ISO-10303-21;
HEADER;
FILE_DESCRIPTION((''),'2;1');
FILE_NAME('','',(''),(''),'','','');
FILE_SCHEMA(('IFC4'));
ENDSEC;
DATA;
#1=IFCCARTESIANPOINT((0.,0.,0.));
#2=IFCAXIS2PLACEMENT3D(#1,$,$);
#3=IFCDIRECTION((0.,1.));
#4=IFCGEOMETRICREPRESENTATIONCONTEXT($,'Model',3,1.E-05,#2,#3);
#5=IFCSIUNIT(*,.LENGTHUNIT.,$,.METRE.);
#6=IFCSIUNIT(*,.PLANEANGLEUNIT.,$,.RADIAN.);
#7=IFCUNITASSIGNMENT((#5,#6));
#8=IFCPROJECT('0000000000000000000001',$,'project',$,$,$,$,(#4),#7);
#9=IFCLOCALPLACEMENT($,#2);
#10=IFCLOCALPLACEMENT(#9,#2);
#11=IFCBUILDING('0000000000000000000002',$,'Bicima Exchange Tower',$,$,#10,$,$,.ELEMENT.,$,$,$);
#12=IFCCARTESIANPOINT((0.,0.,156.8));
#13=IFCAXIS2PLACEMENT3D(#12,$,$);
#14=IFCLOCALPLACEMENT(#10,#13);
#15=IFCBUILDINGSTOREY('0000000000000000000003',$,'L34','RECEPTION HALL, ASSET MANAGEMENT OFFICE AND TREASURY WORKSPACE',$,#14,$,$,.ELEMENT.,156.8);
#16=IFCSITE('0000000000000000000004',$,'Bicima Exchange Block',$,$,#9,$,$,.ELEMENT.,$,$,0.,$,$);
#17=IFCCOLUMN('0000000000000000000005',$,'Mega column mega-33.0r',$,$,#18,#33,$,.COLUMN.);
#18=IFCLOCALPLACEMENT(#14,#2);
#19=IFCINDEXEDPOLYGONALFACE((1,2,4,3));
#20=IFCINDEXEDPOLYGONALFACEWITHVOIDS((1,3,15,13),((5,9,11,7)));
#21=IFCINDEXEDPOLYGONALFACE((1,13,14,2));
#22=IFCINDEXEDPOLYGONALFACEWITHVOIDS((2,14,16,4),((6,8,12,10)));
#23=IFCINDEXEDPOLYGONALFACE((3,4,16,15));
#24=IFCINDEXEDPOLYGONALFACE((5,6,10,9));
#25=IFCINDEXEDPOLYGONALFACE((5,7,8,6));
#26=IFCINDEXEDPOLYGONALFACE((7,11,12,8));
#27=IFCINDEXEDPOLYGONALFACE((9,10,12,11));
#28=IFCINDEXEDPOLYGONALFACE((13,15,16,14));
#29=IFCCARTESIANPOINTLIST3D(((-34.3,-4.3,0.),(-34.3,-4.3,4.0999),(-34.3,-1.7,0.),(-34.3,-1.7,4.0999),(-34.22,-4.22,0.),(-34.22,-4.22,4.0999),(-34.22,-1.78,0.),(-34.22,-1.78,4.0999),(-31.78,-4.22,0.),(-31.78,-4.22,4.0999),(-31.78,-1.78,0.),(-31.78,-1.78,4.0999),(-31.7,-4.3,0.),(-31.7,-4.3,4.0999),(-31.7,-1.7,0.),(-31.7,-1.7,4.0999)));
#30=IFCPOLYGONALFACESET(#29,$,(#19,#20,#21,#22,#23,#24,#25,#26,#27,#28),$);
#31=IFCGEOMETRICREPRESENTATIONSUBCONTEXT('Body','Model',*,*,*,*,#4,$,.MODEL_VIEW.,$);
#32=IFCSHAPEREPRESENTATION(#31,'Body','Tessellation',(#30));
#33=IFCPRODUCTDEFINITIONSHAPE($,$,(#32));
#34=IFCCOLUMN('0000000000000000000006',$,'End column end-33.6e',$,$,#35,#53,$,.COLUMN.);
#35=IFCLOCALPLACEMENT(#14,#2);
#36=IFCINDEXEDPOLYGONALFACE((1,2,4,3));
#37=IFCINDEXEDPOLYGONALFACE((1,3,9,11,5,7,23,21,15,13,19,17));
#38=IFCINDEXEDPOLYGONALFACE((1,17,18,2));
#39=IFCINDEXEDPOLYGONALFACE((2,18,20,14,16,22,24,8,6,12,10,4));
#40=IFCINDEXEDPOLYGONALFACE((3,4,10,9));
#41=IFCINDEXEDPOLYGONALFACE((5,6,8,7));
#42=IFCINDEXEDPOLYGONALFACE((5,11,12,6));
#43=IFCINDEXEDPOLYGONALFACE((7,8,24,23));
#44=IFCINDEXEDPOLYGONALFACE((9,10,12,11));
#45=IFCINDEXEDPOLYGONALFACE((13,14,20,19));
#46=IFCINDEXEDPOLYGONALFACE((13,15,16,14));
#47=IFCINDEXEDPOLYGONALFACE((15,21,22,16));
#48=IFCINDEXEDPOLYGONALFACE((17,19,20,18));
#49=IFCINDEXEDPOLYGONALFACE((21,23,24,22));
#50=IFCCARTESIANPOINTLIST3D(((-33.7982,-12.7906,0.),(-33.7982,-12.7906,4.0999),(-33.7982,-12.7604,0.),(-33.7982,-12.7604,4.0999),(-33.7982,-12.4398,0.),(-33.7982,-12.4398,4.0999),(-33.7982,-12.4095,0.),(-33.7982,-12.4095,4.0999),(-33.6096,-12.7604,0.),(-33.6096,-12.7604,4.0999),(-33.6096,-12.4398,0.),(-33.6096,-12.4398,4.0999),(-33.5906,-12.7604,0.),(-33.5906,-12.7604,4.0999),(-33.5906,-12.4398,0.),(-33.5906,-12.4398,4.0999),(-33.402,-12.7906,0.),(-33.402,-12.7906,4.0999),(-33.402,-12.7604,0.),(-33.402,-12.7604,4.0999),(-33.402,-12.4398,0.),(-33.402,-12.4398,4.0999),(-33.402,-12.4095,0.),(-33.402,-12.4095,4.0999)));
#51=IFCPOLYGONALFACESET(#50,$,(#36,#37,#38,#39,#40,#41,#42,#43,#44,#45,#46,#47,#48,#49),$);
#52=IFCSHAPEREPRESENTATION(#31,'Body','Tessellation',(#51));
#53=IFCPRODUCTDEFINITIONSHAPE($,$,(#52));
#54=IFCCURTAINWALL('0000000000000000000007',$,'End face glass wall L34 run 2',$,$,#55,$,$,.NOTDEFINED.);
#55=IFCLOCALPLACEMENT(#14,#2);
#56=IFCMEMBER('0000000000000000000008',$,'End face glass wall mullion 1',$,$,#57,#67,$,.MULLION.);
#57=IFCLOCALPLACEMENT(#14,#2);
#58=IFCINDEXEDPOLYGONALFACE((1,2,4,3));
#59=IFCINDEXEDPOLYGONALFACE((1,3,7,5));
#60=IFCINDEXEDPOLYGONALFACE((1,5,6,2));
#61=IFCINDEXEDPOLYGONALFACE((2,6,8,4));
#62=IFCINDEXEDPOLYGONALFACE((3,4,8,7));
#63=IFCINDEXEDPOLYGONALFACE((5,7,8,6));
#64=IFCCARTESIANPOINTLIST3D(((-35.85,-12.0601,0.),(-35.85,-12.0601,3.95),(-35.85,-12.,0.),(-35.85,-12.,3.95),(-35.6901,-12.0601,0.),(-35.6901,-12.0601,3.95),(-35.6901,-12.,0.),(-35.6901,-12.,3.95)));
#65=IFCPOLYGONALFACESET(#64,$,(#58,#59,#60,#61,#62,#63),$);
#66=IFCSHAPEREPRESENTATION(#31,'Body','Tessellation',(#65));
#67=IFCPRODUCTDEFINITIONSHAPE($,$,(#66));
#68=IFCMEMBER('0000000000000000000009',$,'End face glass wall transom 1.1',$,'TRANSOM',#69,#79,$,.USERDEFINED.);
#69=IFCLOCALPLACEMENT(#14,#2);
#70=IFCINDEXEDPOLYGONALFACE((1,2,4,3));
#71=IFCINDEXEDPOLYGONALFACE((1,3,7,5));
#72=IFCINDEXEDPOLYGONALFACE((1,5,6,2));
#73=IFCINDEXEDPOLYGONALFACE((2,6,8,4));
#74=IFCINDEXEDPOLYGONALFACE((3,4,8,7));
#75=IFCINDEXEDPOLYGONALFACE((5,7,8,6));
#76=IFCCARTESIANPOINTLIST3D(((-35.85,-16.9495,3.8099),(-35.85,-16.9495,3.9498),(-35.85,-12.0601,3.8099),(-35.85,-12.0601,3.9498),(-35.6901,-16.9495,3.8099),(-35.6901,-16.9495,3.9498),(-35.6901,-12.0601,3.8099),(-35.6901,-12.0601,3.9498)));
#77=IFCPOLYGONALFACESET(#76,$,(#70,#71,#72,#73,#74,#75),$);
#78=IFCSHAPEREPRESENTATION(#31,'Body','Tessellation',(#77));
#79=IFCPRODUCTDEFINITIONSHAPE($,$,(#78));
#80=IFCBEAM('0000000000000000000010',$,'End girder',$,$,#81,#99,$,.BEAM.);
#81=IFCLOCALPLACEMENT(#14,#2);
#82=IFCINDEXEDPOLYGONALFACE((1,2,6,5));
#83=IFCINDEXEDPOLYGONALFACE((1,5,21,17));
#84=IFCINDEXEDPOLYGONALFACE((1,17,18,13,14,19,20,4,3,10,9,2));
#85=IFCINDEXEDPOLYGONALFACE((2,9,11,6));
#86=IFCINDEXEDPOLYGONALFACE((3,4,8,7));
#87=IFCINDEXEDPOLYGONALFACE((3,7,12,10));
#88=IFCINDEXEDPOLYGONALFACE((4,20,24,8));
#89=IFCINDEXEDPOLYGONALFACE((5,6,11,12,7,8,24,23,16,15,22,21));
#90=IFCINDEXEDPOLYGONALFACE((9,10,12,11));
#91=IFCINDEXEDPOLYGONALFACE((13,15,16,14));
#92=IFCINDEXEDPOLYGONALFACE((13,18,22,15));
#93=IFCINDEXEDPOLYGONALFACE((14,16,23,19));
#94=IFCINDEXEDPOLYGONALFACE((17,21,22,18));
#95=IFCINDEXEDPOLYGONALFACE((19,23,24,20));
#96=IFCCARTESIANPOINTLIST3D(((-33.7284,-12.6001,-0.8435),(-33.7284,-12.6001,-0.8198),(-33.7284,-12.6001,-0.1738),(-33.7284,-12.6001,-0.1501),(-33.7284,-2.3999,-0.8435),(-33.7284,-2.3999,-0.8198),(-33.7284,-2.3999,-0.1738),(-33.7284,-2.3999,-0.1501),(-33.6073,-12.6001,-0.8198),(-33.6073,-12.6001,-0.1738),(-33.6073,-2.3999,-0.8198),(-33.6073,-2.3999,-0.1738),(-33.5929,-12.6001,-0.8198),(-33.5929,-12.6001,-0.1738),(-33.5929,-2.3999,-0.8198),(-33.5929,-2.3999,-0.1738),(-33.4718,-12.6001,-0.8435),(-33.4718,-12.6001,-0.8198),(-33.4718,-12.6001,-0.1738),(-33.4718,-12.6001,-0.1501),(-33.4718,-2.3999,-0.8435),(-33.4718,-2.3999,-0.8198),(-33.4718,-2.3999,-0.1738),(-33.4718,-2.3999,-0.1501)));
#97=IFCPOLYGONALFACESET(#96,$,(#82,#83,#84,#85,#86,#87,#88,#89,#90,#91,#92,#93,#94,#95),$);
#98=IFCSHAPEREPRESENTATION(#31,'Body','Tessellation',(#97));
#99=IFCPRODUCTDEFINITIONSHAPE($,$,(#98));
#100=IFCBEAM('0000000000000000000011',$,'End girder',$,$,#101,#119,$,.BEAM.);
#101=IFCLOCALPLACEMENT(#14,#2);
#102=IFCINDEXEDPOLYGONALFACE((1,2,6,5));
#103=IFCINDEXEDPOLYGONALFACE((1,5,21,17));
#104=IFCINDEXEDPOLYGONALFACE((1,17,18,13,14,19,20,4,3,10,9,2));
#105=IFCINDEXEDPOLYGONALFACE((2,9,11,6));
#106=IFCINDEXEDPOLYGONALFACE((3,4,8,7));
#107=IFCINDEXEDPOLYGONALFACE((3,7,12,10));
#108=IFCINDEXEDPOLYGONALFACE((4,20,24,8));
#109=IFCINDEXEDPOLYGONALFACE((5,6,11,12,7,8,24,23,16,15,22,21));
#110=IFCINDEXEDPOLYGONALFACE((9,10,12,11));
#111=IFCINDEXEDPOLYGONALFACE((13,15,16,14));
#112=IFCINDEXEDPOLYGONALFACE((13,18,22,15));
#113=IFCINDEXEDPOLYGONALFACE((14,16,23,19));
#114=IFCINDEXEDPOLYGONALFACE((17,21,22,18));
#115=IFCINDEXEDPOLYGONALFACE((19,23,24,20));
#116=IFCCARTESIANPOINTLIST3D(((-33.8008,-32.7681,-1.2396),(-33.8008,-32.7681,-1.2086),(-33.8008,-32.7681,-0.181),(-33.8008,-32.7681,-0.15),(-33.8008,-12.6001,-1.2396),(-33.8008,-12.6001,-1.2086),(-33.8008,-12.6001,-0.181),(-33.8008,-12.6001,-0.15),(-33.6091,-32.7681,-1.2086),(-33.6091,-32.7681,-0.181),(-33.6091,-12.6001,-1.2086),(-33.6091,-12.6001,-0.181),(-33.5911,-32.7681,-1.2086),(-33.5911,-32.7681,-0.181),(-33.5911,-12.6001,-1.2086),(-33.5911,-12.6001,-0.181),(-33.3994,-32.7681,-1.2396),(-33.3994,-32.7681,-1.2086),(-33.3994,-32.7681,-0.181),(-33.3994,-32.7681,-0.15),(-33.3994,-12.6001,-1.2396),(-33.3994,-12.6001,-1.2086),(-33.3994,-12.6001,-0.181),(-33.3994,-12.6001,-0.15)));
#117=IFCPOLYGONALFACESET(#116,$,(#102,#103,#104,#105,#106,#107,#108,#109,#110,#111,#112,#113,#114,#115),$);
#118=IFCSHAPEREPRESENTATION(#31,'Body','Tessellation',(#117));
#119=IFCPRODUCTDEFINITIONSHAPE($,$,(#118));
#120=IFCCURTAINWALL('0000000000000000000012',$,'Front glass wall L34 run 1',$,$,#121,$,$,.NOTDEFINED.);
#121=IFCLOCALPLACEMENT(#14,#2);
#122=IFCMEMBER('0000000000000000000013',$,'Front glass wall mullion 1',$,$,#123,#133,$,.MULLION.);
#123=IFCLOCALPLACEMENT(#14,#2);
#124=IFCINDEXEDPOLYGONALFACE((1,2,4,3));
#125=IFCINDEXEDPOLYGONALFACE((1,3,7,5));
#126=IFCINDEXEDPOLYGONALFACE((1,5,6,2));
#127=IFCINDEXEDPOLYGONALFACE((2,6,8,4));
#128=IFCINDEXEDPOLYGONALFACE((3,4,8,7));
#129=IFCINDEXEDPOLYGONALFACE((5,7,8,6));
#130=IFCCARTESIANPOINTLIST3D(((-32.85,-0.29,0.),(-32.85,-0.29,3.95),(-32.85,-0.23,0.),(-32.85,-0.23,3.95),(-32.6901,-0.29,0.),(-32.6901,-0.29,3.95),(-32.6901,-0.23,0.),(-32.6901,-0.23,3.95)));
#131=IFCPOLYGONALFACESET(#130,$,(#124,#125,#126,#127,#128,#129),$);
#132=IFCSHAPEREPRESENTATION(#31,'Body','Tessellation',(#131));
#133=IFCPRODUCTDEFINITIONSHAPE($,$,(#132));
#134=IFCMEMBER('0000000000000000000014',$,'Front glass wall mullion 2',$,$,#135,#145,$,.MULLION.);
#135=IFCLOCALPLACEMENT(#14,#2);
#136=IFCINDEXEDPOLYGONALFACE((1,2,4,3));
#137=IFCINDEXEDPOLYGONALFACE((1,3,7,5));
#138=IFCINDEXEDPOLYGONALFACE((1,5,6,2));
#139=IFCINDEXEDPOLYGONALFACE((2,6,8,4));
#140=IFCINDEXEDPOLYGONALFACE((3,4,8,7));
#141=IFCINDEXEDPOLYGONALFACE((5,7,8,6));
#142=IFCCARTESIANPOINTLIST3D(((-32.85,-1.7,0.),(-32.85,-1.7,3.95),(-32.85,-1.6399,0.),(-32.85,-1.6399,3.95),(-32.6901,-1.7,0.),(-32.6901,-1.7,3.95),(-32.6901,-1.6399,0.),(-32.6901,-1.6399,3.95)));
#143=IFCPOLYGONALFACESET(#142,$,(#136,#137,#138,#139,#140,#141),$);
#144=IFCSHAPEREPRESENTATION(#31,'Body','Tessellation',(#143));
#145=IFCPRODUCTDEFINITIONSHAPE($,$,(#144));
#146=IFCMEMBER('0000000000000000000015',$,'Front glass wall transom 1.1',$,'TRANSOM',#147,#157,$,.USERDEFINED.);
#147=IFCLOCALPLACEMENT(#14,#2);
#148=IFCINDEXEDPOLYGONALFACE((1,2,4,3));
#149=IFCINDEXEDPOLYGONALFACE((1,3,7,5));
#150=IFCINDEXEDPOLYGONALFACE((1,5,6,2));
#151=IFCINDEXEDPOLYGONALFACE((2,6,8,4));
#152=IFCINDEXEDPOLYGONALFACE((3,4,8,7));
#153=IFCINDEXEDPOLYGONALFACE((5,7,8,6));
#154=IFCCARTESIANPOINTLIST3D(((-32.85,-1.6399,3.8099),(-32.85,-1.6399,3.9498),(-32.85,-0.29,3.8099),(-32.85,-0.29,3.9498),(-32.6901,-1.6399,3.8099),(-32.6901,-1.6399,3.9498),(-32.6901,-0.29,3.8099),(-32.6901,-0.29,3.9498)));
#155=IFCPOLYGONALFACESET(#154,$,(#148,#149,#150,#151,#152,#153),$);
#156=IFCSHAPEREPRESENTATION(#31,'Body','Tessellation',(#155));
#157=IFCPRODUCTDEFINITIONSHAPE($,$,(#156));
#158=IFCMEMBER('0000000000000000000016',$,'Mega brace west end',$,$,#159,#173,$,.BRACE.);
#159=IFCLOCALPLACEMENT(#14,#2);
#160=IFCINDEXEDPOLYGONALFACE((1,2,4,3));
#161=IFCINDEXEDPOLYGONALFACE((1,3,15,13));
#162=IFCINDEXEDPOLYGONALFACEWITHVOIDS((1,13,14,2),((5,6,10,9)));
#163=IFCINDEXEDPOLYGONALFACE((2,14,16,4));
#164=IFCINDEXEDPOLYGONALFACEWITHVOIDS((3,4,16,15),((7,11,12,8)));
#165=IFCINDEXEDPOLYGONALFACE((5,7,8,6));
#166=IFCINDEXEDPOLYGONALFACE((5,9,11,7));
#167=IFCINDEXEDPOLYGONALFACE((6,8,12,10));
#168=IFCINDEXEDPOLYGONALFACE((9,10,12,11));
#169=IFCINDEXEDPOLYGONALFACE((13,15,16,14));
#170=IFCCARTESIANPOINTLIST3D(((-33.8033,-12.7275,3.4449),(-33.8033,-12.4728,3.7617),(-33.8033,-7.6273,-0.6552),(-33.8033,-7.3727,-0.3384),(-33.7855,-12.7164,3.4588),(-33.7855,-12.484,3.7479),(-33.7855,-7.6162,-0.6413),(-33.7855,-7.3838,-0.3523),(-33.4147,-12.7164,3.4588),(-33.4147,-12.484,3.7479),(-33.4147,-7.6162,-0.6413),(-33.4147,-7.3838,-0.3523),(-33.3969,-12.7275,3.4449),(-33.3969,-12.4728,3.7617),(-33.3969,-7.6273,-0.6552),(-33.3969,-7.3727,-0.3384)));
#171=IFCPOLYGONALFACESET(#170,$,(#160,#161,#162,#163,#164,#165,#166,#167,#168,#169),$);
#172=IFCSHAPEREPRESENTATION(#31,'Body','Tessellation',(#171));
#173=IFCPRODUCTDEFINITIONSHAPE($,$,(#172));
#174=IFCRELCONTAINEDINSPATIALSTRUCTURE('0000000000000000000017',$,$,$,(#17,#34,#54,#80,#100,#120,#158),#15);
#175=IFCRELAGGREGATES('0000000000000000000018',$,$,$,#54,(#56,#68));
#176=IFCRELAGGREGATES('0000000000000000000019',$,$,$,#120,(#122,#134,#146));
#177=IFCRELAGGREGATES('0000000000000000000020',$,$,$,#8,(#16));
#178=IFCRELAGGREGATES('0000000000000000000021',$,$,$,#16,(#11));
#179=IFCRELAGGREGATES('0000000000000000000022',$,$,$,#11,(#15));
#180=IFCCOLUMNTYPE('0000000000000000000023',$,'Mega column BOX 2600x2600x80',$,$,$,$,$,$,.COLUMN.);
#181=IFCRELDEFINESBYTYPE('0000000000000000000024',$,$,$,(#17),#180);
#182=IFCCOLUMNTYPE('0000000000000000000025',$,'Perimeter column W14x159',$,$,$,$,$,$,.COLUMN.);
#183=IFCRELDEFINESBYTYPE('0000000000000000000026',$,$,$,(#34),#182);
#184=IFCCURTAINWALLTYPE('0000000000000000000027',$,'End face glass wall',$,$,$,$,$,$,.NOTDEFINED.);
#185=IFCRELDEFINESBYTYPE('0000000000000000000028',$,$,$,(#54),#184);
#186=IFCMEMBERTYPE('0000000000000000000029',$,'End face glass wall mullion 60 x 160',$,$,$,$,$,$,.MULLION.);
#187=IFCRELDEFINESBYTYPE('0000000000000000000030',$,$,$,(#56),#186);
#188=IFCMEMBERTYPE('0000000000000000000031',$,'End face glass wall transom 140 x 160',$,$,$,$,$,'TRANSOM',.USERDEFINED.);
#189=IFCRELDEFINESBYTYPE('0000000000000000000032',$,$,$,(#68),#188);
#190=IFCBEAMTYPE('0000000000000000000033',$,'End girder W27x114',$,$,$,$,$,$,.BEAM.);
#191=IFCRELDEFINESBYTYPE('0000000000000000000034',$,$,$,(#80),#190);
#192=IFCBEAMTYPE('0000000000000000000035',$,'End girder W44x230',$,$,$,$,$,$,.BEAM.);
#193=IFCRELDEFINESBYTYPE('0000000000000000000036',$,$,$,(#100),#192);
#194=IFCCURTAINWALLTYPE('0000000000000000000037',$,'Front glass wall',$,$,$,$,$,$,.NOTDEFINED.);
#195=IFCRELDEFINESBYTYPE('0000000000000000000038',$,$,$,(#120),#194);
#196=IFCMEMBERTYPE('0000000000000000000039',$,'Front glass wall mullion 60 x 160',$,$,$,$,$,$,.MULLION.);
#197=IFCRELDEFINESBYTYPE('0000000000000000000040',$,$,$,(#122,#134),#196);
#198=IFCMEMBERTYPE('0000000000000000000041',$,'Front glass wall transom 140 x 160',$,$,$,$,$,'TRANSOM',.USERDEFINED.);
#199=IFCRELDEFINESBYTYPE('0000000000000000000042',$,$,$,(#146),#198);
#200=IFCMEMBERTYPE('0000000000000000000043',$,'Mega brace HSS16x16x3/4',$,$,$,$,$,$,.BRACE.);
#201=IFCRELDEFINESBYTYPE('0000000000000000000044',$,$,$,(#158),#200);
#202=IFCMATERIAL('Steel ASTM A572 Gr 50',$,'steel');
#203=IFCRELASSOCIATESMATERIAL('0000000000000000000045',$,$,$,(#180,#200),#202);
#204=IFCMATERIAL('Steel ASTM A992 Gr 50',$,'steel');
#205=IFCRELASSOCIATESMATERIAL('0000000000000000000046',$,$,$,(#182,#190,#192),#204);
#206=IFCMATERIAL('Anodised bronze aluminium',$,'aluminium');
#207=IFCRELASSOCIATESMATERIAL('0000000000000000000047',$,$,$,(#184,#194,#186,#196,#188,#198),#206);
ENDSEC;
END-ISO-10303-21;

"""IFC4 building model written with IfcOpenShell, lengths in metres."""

from ifc_helpers import new_model, si_unit, direction, frame, origin, origin_2d, place, context, subcontext, project, spatial, rectangle, hollow_rectangle, i_section, extrude, material, material_profile, profile_set, type_object, element, aggregate, save


model = new_model("IFC4")

# Units and contexts
model_context = context("Model", 3, precision=1e-05, world=origin(), true_north=direction((0.0, 1.0)))
body_context = subcontext(model_context, "Body", "Model", "MODEL_VIEW")
ifc_project = project(units=[si_unit("LENGTHUNIT", "METRE"), si_unit("PLANEANGLEUNIT", "RADIAN")], contexts=[model_context])

# Site, building, storey
site_placement = place(None, origin())
site = spatial("IfcSite", under=ifc_project, at=site_placement, Name="Bicima Exchange Block", CompositionType="ELEMENT", RefElevation=0.0)
building_placement = place(site_placement, origin())
building = spatial("IfcBuilding", under=site, at=building_placement, Name="Bicima Exchange Tower", CompositionType="ELEMENT")
storey_placement = place(building_placement, frame((0.0, 0.0, 156.8)))
storey = spatial("IfcBuildingStorey", under=building, at=storey_placement, Name="L34", Description="RECEPTION HALL, ASSET MANAGEMENT OFFICE AND TREASURY WORKSPACE", CompositionType="ELEMENT", Elevation=156.8)

# Columns
ifc_material_1 = material(Name="Steel ASTM A572 Gr 50", Category="steel")
ifc_material_profile_1 = material_profile(ifc_material_1, hollow_rectangle(XDim=2.6001, YDim=2.6001, WallThickness=0.0801, at=origin_2d()))
ifc_profile_set_1 = profile_set([ifc_material_profile_1], Name="Steel ASTM A572 Gr 50")
column_type_1 = type_object("IfcColumnType", Name="Mega column BOX 2600x2600x80", PredefinedType="COLUMN", material=ifc_profile_set_1)
column_1_placement = place(storey_placement, frame((-33.0, -3.0, 0.0), z_axis=(0.0, 0.0, 1.0), x_axis=(1.0, 0.0, 0.0)))
element("IfcColumn", 1, at=column_1_placement, inside=storey, type_object=column_type_1, Name="Mega column mega-33.0r", PredefinedType="COLUMN", context=body_context, shape_type="SweptSolid", body=[
    extrude(hollow_rectangle(XDim=2.6001, YDim=2.6001, WallThickness=0.0801, at=origin_2d()), origin(), (0.0, 0.0, 1.0), 4.0999),
])
ifc_material_2 = material(Name="Steel ASTM A992 Gr 50", Category="steel")
ifc_material_profile_2 = material_profile(ifc_material_2, i_section(OverallWidth=0.3962, OverallDepth=0.3811, WebThickness=0.019, FlangeThickness=0.0303, at=origin_2d()))
ifc_profile_set_2 = profile_set([ifc_material_profile_2], Name="Steel ASTM A992 Gr 50")
column_type_2 = type_object("IfcColumnType", Name="Perimeter column W14x159", PredefinedType="COLUMN", material=ifc_profile_set_2)
column_2_placement = place(storey_placement, frame((-33.6001, -12.6001, 0.0), z_axis=(0.0, 0.0, 1.0), x_axis=(1.0, 0.0, 0.0)))
element("IfcColumn", 2, at=column_2_placement, inside=storey, type_object=column_type_2, Name="End column end-33.6e", PredefinedType="COLUMN", context=body_context, shape_type="SweptSolid", body=[
    extrude(i_section(OverallWidth=0.3962, OverallDepth=0.3811, WebThickness=0.019, FlangeThickness=0.0303, at=origin_2d()), origin(), (0.0, 0.0, 1.0), 4.0999),
])

# Curtain wall, members
ifc_material_3 = material(Name="Anodised bronze aluminium", Category="aluminium")
curtain_wall_type_1 = type_object("IfcCurtainWallType", Name="End face glass wall", PredefinedType="NOTDEFINED", material=ifc_material_3)
curtain_wall_1_placement = place(storey_placement, origin())
curtain_wall_1 = element("IfcCurtainWall", 3, at=curtain_wall_1_placement, inside=storey, type_object=curtain_wall_type_1, Name="End face glass wall L34 run 2", PredefinedType="NOTDEFINED")
ifc_material_profile_3 = material_profile(ifc_material_3, rectangle(XDim=0.1599, YDim=0.0601, at=origin_2d()))
ifc_profile_set_3 = profile_set([ifc_material_profile_3], Name="Anodised bronze aluminium")
member_type_1 = type_object("IfcMemberType", Name="End face glass wall mullion 60 x 160", PredefinedType="MULLION", material=ifc_profile_set_3)
member_1_placement = place(storey_placement, frame((-35.77, -12.03, 0.0), z_axis=(0.0, 0.0, 1.0), x_axis=(1.0, 0.0, 0.0)))
member_1 = element("IfcMember", 4, at=member_1_placement, type_object=member_type_1, Name="End face glass wall mullion 1", PredefinedType="MULLION", context=body_context, shape_type="SweptSolid", body=[
    extrude(rectangle(XDim=0.1599, YDim=0.0601, at=origin_2d()), origin(), (0.0, 0.0, 1.0), 3.95),
])
ifc_material_profile_4 = material_profile(ifc_material_3, rectangle(XDim=0.1599, YDim=0.1399, at=origin_2d()))
ifc_profile_set_4 = profile_set([ifc_material_profile_4], Name="Anodised bronze aluminium")
member_type_2 = type_object("IfcMemberType", Name="End face glass wall transom 140 x 160", ElementType="TRANSOM", PredefinedType="USERDEFINED", material=ifc_profile_set_4)
member_2_placement = place(storey_placement, frame((-35.77, -12.0601, 3.8799), z_axis=(0.0, -1.0, 0.0), x_axis=(1.0, 0.0, 0.0)))
member_2 = element("IfcMember", 5, at=member_2_placement, type_object=member_type_2, Name="End face glass wall transom 1.1", ObjectType="TRANSOM", PredefinedType="USERDEFINED", context=body_context, shape_type="SweptSolid", body=[
    extrude(rectangle(XDim=0.1599, YDim=0.1399, at=origin_2d()), origin(), (0.0, 0.0, 1.0), 4.8894),
])
aggregate(curtain_wall_1, [member_1, member_2])

# Beams
ifc_material_profile_5 = material_profile(ifc_material_2, i_section(OverallWidth=0.2566, OverallDepth=0.6934, WebThickness=0.0144, FlangeThickness=0.0237, at=origin_2d()))
ifc_profile_set_5 = profile_set([ifc_material_profile_5], Name="Steel ASTM A992 Gr 50")
beam_type_1 = type_object("IfcBeamType", Name="End girder W27x114", PredefinedType="BEAM", material=ifc_profile_set_5)
beam_1_placement = place(storey_placement, frame((-33.6001, -2.3999, -0.4968), z_axis=(0.0, -1.0, 0.0), x_axis=(1.0, 0.0, 0.0)))
element("IfcBeam", 6, at=beam_1_placement, inside=storey, type_object=beam_type_1, Name="End girder", PredefinedType="BEAM", context=body_context, shape_type="SweptSolid", body=[
    extrude(i_section(OverallWidth=0.2566, OverallDepth=0.6934, WebThickness=0.0144, FlangeThickness=0.0237, at=origin_2d()), origin(), (0.0, 0.0, 1.0), 10.2002),
])
ifc_material_profile_6 = material_profile(ifc_material_2, i_section(OverallWidth=0.4014, OverallDepth=1.0896, WebThickness=0.0181, FlangeThickness=0.031, at=origin_2d()))
ifc_profile_set_6 = profile_set([ifc_material_profile_6], Name="Steel ASTM A992 Gr 50")
beam_type_2 = type_object("IfcBeamType", Name="End girder W44x230", PredefinedType="BEAM", material=ifc_profile_set_6)
beam_2_placement = place(storey_placement, frame((-33.6001, -12.6001, -0.6948), z_axis=(0.0, -1.0, 0.0), x_axis=(1.0, 0.0, 0.0)))
element("IfcBeam", 7, at=beam_2_placement, inside=storey, type_object=beam_type_2, Name="End girder", PredefinedType="BEAM", context=body_context, shape_type="SweptSolid", body=[
    extrude(i_section(OverallWidth=0.4014, OverallDepth=1.0896, WebThickness=0.0181, FlangeThickness=0.031, at=origin_2d()), origin(), (0.0, 0.0, 1.0), 20.168),
])

# Curtain wall, members
curtain_wall_type_2 = type_object("IfcCurtainWallType", Name="Front glass wall", PredefinedType="NOTDEFINED", material=ifc_material_3)
curtain_wall_2_placement = place(storey_placement, origin())
curtain_wall_2 = element("IfcCurtainWall", 8, at=curtain_wall_2_placement, inside=storey, type_object=curtain_wall_type_2, Name="Front glass wall L34 run 1", PredefinedType="NOTDEFINED")
member_type_3 = type_object("IfcMemberType", Name="Front glass wall mullion 60 x 160", PredefinedType="MULLION", material=ifc_profile_set_3)
member_3_placement = place(storey_placement, frame((-32.77, -0.26, 0.0), z_axis=(0.0, 0.0, 1.0), x_axis=(1.0, 0.0, 0.0)))
member_3 = element("IfcMember", 9, at=member_3_placement, type_object=member_type_3, Name="Front glass wall mullion 1", PredefinedType="MULLION", context=body_context, shape_type="SweptSolid", body=[
    extrude(rectangle(XDim=0.1599, YDim=0.0601, at=origin_2d()), origin(), (0.0, 0.0, 1.0), 3.95),
])
member_4_placement = place(storey_placement, frame((-32.77, -1.6699, 0.0), z_axis=(0.0, 0.0, 1.0), x_axis=(1.0, 0.0, 0.0)))
member_4 = element("IfcMember", 10, at=member_4_placement, type_object=member_type_3, Name="Front glass wall mullion 2", PredefinedType="MULLION", context=body_context, shape_type="SweptSolid", body=[
    extrude(rectangle(XDim=0.1599, YDim=0.0601, at=origin_2d()), origin(), (0.0, 0.0, 1.0), 3.95),
])
member_type_4 = type_object("IfcMemberType", Name="Front glass wall transom 140 x 160", ElementType="TRANSOM", PredefinedType="USERDEFINED", material=ifc_profile_set_4)
member_5_placement = place(storey_placement, frame((-32.77, -0.29, 3.8799), z_axis=(0.0, -1.0, 0.0), x_axis=(1.0, 0.0, 0.0)))
member_5 = element("IfcMember", 11, at=member_5_placement, type_object=member_type_4, Name="Front glass wall transom 1.1", ObjectType="TRANSOM", PredefinedType="USERDEFINED", context=body_context, shape_type="SweptSolid", body=[
    extrude(rectangle(XDim=0.1599, YDim=0.1399, at=origin_2d()), origin(), (0.0, 0.0, 1.0), 1.3499),
])

# Member
ifc_material_profile_7 = material_profile(ifc_material_1, hollow_rectangle(XDim=0.4065, YDim=0.4065, WallThickness=0.0178, at=origin_2d()))
ifc_profile_set_7 = profile_set([ifc_material_profile_7], Name="Steel ASTM A572 Gr 50")
member_type_5 = type_object("IfcMemberType", Name="Mega brace HSS16x16x3/4", PredefinedType="BRACE", material=ifc_profile_set_7)
for number, where, z_axis, x_axis, name in (
    (12, (-33.6001, -7.5, -0.4968), (0.0, -0.779374, 0.626559), (1.0, 0.0, 0.0), "Mega brace west end"),
):
    element("IfcMember", number, at=place(storey_placement, frame(where, z_axis=z_axis, x_axis=x_axis)), inside=storey, type_object=member_type_5, Name=name, PredefinedType="BRACE", context=body_context, shape_type="SweptSolid", body=[
        extrude(hollow_rectangle(XDim=0.4065, YDim=0.4065, WallThickness=0.0178, at=origin_2d()), origin(), (0.0, 0.0, 1.0), 6.5439),
    ])

aggregate(curtain_wall_2, [member_3, member_4, member_5])

save(model, "model.ifc")
